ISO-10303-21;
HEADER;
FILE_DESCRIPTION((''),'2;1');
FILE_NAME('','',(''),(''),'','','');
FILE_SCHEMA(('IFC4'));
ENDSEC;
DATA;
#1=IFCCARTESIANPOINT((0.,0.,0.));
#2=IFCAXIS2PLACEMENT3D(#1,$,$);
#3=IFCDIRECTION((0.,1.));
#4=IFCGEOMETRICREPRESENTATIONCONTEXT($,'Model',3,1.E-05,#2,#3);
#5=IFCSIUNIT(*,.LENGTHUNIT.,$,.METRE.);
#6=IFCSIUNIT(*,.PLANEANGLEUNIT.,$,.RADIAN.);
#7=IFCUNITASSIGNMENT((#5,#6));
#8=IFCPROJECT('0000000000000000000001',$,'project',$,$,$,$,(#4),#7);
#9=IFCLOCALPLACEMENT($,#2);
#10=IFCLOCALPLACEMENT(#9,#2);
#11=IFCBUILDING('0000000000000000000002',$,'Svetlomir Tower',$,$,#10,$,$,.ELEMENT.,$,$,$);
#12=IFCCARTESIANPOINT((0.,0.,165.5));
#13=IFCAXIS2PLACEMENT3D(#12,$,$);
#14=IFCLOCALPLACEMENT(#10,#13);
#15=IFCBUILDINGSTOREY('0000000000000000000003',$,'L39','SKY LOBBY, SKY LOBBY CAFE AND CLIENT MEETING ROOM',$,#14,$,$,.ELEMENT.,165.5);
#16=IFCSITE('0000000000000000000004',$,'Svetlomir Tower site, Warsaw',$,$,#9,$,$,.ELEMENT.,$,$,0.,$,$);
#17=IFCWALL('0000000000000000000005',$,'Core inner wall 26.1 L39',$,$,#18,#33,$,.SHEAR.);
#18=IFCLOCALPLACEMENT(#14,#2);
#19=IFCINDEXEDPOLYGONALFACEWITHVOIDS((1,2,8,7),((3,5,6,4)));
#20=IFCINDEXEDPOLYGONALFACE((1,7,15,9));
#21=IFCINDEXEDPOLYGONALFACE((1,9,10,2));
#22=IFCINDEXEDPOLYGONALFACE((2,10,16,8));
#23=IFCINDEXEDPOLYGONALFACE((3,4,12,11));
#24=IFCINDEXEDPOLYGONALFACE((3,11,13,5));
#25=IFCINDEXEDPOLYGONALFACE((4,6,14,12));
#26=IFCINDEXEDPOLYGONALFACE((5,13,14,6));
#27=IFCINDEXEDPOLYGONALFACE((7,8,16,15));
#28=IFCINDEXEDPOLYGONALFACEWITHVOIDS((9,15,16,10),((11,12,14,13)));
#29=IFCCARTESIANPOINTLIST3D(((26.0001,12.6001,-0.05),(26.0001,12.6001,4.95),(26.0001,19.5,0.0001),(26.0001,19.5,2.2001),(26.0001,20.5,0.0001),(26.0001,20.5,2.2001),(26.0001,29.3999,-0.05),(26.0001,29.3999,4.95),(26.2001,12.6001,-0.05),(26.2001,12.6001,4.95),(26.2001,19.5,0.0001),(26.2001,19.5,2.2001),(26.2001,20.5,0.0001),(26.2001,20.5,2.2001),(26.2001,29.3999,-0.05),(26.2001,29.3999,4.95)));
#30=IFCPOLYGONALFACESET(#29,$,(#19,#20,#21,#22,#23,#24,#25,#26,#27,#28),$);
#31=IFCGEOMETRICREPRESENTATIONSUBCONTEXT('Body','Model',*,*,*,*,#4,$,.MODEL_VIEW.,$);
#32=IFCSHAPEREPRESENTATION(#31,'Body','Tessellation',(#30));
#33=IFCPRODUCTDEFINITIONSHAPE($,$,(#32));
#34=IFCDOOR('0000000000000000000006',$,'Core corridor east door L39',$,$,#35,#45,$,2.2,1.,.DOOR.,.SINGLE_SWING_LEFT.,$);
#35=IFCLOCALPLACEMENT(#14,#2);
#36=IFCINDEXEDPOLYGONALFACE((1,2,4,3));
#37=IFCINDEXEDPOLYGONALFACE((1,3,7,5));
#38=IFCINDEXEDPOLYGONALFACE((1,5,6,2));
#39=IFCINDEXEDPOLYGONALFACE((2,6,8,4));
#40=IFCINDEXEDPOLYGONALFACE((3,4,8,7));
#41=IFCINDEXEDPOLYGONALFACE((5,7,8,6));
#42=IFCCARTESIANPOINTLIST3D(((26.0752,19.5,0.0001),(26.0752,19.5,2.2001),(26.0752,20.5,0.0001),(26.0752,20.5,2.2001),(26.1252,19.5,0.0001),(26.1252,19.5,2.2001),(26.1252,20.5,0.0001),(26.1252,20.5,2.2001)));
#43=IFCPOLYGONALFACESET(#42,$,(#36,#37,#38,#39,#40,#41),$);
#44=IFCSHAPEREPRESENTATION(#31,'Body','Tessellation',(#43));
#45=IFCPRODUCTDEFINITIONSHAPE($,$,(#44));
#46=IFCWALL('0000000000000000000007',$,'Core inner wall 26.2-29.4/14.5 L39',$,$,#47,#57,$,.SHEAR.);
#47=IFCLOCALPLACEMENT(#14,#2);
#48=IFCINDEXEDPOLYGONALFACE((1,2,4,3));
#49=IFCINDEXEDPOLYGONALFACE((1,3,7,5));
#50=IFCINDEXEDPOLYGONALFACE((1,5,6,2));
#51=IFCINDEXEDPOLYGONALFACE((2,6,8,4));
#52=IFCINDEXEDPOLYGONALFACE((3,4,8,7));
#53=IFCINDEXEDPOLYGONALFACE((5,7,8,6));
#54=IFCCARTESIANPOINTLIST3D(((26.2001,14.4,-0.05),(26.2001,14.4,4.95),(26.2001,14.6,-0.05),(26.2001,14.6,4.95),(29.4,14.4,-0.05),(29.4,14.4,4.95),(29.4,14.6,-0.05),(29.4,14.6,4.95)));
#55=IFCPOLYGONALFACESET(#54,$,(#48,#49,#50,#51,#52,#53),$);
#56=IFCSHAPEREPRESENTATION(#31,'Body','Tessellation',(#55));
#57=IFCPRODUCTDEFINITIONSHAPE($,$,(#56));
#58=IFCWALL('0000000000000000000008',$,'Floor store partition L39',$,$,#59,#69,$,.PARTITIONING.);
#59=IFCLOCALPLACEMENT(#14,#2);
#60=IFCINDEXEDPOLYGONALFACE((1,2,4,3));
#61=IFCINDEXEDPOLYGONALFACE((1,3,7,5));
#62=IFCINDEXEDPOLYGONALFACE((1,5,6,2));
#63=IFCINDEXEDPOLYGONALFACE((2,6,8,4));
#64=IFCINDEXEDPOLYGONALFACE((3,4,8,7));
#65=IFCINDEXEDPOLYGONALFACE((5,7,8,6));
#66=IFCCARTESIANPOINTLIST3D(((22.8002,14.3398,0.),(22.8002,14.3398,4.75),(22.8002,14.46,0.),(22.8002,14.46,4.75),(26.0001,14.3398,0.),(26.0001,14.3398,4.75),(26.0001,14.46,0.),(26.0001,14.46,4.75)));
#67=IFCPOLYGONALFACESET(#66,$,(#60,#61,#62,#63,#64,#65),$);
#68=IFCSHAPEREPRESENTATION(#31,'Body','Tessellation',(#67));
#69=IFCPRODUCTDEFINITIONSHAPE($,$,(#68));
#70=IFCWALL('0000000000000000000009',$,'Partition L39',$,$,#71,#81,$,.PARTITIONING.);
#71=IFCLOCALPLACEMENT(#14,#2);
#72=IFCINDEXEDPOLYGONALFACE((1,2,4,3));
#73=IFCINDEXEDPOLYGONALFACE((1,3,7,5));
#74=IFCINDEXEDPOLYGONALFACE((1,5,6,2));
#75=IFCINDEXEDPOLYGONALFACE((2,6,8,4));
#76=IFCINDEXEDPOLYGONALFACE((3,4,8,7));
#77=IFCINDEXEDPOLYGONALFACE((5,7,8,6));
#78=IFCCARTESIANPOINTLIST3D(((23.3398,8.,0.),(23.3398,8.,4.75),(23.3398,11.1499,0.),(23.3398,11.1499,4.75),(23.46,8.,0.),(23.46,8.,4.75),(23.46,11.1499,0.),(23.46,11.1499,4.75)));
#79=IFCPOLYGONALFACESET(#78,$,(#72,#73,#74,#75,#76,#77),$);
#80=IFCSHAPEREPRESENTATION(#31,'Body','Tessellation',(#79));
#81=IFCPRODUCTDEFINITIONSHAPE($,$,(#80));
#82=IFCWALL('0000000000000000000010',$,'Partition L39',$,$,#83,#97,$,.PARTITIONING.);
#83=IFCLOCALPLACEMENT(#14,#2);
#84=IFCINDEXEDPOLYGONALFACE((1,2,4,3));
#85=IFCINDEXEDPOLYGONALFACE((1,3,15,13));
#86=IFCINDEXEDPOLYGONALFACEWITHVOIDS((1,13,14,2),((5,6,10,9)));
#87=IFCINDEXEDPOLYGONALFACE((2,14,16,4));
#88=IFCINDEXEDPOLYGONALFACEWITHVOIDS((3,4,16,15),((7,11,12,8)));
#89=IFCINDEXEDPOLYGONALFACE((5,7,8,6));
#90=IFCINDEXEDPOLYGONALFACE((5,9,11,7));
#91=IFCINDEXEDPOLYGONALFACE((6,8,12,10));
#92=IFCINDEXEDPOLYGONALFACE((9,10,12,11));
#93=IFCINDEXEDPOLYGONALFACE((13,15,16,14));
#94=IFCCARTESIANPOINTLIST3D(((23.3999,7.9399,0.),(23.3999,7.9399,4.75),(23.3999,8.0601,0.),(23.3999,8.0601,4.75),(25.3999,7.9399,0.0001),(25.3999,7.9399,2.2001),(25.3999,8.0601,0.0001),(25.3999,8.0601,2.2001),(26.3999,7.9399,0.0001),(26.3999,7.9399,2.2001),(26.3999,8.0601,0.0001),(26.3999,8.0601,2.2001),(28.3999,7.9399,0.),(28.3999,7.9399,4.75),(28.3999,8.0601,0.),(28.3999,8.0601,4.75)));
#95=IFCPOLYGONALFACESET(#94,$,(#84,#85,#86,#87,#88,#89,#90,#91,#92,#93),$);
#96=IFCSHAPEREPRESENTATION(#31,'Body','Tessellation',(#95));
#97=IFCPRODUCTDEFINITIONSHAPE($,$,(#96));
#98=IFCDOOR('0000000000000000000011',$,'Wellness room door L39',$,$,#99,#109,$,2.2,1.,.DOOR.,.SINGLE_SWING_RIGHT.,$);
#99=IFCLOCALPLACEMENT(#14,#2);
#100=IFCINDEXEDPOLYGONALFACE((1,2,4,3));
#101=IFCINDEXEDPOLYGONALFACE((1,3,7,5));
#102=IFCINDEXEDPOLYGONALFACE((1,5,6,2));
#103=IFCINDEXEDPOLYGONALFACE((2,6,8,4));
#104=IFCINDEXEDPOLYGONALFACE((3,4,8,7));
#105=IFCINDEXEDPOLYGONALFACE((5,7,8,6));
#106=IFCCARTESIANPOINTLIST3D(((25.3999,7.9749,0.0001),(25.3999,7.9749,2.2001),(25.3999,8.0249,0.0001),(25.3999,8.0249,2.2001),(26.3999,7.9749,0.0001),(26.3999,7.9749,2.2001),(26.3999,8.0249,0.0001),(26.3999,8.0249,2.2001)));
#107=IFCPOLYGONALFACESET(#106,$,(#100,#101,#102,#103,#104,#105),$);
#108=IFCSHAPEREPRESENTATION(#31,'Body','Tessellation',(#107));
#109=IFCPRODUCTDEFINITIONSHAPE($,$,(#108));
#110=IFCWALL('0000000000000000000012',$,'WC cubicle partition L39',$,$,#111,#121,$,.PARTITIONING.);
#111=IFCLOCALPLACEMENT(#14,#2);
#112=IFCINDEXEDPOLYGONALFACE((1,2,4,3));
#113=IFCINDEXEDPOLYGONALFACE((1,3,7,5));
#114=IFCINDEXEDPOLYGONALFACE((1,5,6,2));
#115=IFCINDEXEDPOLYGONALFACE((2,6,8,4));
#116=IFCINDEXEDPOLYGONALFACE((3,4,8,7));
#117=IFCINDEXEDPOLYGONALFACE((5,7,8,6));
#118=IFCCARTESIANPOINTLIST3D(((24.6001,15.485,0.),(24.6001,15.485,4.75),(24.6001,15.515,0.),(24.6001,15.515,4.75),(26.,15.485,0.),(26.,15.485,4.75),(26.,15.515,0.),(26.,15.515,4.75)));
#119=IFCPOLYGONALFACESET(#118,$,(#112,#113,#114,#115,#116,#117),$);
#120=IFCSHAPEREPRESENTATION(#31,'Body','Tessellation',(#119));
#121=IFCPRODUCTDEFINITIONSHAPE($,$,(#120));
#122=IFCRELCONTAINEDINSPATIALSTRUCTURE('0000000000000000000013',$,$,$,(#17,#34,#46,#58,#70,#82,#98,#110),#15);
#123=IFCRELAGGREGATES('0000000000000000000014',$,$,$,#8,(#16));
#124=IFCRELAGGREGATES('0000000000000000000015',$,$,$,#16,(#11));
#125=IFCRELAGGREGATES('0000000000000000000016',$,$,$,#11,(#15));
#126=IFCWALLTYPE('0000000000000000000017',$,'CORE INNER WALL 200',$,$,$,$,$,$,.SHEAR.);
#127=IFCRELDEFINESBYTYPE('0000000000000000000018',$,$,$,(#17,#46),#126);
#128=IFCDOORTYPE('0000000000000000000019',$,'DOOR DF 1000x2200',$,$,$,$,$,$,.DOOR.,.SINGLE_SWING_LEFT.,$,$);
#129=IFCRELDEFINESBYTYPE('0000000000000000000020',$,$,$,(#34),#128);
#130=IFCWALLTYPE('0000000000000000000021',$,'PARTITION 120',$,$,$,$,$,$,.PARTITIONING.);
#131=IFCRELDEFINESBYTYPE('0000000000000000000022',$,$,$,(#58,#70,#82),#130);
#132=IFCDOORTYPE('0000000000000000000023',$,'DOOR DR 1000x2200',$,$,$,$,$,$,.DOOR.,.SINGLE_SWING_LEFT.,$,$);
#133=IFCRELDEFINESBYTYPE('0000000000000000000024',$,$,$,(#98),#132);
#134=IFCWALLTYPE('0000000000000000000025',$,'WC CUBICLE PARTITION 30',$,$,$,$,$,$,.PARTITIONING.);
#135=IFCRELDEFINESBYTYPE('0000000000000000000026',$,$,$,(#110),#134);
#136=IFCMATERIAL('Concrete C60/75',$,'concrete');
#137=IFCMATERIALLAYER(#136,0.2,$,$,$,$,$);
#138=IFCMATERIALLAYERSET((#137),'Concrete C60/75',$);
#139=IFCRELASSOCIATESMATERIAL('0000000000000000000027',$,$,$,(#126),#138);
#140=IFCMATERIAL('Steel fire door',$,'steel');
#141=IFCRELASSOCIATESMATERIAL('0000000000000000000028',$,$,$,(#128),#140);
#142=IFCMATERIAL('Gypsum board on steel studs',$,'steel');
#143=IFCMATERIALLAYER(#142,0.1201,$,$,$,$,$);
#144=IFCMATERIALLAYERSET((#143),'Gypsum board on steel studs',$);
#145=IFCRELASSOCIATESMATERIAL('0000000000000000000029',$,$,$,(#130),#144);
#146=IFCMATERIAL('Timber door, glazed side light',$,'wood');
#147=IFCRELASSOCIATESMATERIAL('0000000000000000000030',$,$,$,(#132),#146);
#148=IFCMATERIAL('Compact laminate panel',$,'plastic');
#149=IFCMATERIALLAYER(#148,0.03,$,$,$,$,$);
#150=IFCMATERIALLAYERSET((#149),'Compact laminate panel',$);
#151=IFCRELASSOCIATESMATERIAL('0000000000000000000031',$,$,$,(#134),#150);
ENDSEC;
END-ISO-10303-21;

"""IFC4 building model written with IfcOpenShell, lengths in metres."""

from ifc_helpers import new_model, si_unit, direction, frame, frame_2d, origin, place, context, subcontext, project, spatial, rectangle, extrude, material, layer, layer_set, type_object, element, fill, save


model = new_model("IFC4")

# Units and contexts
model_context = context("Model", 3, precision=1e-05, world=origin(), true_north=direction((0.0, 1.0)))
body_context = subcontext(model_context, "Body", "Model", "MODEL_VIEW")
ifc_project = project(units=[si_unit("LENGTHUNIT", "METRE"), si_unit("PLANEANGLEUNIT", "RADIAN")], contexts=[model_context])

# Site, building, storey
site_placement = place(None, origin())
site = spatial("IfcSite", under=ifc_project, at=site_placement, Name="Svetlomir Tower site, Warsaw", CompositionType="ELEMENT", RefElevation=0.0)
building_placement = place(site_placement, origin())
building = spatial("IfcBuilding", under=site, at=building_placement, Name="Svetlomir Tower", CompositionType="ELEMENT")
storey_placement = place(building_placement, frame((0.0, 0.0, 165.5)))
storey = spatial("IfcBuildingStorey", under=building, at=storey_placement, Name="L39", Description="SKY LOBBY, SKY LOBBY CAFE AND CLIENT MEETING ROOM", CompositionType="ELEMENT", Elevation=165.5)

# Wall, opening, door
ifc_material_1 = material(Name="Concrete C60/75", Category="concrete")
ifc_layer_1 = layer(ifc_material_1, 0.2)
ifc_layer_set_1 = layer_set([ifc_layer_1], Name="Concrete C60/75")
wall_type_1 = type_object("IfcWallType", Name="CORE INNER WALL 200", PredefinedType="SHEAR", material=ifc_layer_set_1)
wall_1_placement = place(storey_placement, frame((26.1001, 12.6001, -0.05), z_axis=(0.0, 0.0, 1.0), x_axis=(0.0, 1.0, 0.0)))
wall_1 = element("IfcWall", 1, at=wall_1_placement, inside=storey, type_object=wall_type_1, Name="Core inner wall 26.1 L39", PredefinedType="SHEAR", context=body_context, shape_type="SweptSolid", body=[
    extrude(rectangle(XDim=16.7998, YDim=0.2, at=frame_2d((8.3999, 0.0))), origin(), (0.0, 0.0, 1.0), 5.0),
])
opening_1_placement = place(wall_1_placement, frame((6.8999, 0.0, 0.05)))
opening_1 = element("IfcOpeningElement", 2, at=opening_1_placement, cuts=wall_1, PredefinedType="OPENING", context=body_context, shape_type="SweptSolid", body=[
    extrude(rectangle(XDim=1.0, YDim=2.2, at=frame_2d((0.5, 1.1001))), frame((0.0, 0.1099, 0.0), z_axis=(0.0, -1.0, 0.0), x_axis=(1.0, 0.0, 0.0)), (0.0, 0.0, 1.0), 0.22),
])
ifc_material_2 = material(Name="Steel fire door", Category="steel")
door_type_1 = type_object("IfcDoorType", Name="DOOR DF 1000x2200", OperationType="SINGLE_SWING_LEFT", PredefinedType="DOOR", material=ifc_material_2)
door_1_placement = place(opening_1_placement, origin())
door_1 = element("IfcDoor", 3, at=door_1_placement, inside=storey, type_object=door_type_1, Name="Core corridor east door L39", OperationType="SINGLE_SWING_LEFT", OverallHeight=2.2, OverallWidth=1.0, PredefinedType="DOOR", context=body_context, shape_type="SweptSolid", body=[
    extrude(rectangle(XDim=1.0, YDim=2.2, at=frame_2d((0.5, 1.1001))), frame((0.0, 0.0249, 0.0), z_axis=(0.0, -1.0, 0.0), x_axis=(1.0, 0.0, 0.0)), (0.0, 0.0, 1.0), 0.05),
])
fill(opening_1, door_1)

# Walls
wall_2_placement = place(storey_placement, frame((26.2, 14.5, -0.05), z_axis=(0.0, 0.0, 1.0), x_axis=(1.0, 0.0, 0.0)))
element("IfcWall", 4, at=wall_2_placement, inside=storey, type_object=wall_type_1, Name="Core inner wall 26.2-29.4/14.5 L39", PredefinedType="SHEAR", context=body_context, shape_type="SweptSolid", body=[
    extrude(rectangle(XDim=3.2, YDim=0.2, at=frame_2d((1.6001, 0.0))), origin(), (0.0, 0.0, 1.0), 5.0),
])
ifc_material_3 = material(Name="Gypsum board on steel studs", Category="steel")
ifc_layer_2 = layer(ifc_material_3, 0.1201)
ifc_layer_set_2 = layer_set([ifc_layer_2], Name="Gypsum board on steel studs")
wall_type_2 = type_object("IfcWallType", Name="PARTITION 120", PredefinedType="PARTITIONING", material=ifc_layer_set_2)
wall_3_placement = place(storey_placement, frame((22.8, 14.3999, 0.0), z_axis=(0.0, 0.0, 1.0), x_axis=(1.0, 0.0, 0.0)))
element("IfcWall", 5, at=wall_3_placement, inside=storey, type_object=wall_type_2, Name="Floor store partition L39", PredefinedType="PARTITIONING", context=body_context, shape_type="SweptSolid", body=[
    extrude(rectangle(XDim=3.2, YDim=0.1201, at=frame_2d((1.6001, 0.0))), origin(), (0.0, 0.0, 1.0), 4.75),
])
wall_4_placement = place(storey_placement, frame((23.3999, 8.0, 0.0), z_axis=(0.0, 0.0, 1.0), x_axis=(0.0, 1.0, 0.0)))
element("IfcWall", 6, at=wall_4_placement, inside=storey, type_object=wall_type_2, Name="Partition L39", PredefinedType="PARTITIONING", context=body_context, shape_type="SweptSolid", body=[
    extrude(rectangle(XDim=3.1499, YDim=0.1201, at=frame_2d((1.575, 0.0))), origin(), (0.0, 0.0, 1.0), 4.75),
])

# Wall, opening, door
wall_5_placement = place(storey_placement, frame((23.3999, 8.0, 0.0), z_axis=(0.0, 0.0, 1.0), x_axis=(1.0, 0.0, 0.0)))
wall_5 = element("IfcWall", 7, at=wall_5_placement, inside=storey, type_object=wall_type_2, Name="Partition L39", PredefinedType="PARTITIONING", context=body_context, shape_type="SweptSolid", body=[
    extrude(rectangle(XDim=5.0, YDim=0.1201, at=frame_2d((2.5, 0.0))), origin(), (0.0, 0.0, 1.0), 4.75),
])
opening_2_placement = place(wall_5_placement, frame((2.0, 0.0, 0.0)))
opening_2 = element("IfcOpeningElement", 8, at=opening_2_placement, cuts=wall_5, PredefinedType="OPENING", context=body_context, shape_type="SweptSolid", body=[
    extrude(rectangle(XDim=1.0, YDim=2.2, at=frame_2d((0.5, 1.1001))), frame((0.0, 0.0701, 0.0), z_axis=(0.0, -1.0, 0.0), x_axis=(1.0, 0.0, 0.0)), (0.0, 0.0, 1.0), 0.1401),
])
ifc_material_4 = material(Name="Timber door, glazed side light", Category="wood")
door_type_2 = type_object("IfcDoorType", Name="DOOR DR 1000x2200", OperationType="SINGLE_SWING_LEFT", PredefinedType="DOOR", material=ifc_material_4)
door_2_placement = place(opening_2_placement, origin())
door_2 = element("IfcDoor", 9, at=door_2_placement, inside=storey, type_object=door_type_2, Name="Wellness room door L39", OperationType="SINGLE_SWING_RIGHT", OverallHeight=2.2, OverallWidth=1.0, PredefinedType="DOOR", context=body_context, shape_type="SweptSolid", body=[
    extrude(rectangle(XDim=1.0, YDim=2.2, at=frame_2d((0.5, 1.1001))), frame((0.0, 0.0249, 0.0), z_axis=(0.0, -1.0, 0.0), x_axis=(1.0, 0.0, 0.0)), (0.0, 0.0, 1.0), 0.05),
])
fill(opening_2, door_2)

# Wall
ifc_material_5 = material(Name="Compact laminate panel", Category="plastic")
ifc_layer_3 = layer(ifc_material_5, 0.03)
ifc_layer_set_3 = layer_set([ifc_layer_3], Name="Compact laminate panel")
wall_type_3 = type_object("IfcWallType", Name="WC CUBICLE PARTITION 30", PredefinedType="PARTITIONING", material=ifc_layer_set_3)
wall_6_placement = place(storey_placement, frame((24.6001, 15.5, 0.0), z_axis=(0.0, 0.0, 1.0), x_axis=(1.0, 0.0, 0.0)))
element("IfcWall", 10, at=wall_6_placement, inside=storey, type_object=wall_type_3, Name="WC cubicle partition L39", PredefinedType="PARTITIONING", context=body_context, shape_type="SweptSolid", body=[
    extrude(rectangle(XDim=1.3999, YDim=0.03, at=frame_2d((0.7, 0.0))), origin(), (0.0, 0.0, 1.0), 4.75),
])

save(model, "model.ifc")
